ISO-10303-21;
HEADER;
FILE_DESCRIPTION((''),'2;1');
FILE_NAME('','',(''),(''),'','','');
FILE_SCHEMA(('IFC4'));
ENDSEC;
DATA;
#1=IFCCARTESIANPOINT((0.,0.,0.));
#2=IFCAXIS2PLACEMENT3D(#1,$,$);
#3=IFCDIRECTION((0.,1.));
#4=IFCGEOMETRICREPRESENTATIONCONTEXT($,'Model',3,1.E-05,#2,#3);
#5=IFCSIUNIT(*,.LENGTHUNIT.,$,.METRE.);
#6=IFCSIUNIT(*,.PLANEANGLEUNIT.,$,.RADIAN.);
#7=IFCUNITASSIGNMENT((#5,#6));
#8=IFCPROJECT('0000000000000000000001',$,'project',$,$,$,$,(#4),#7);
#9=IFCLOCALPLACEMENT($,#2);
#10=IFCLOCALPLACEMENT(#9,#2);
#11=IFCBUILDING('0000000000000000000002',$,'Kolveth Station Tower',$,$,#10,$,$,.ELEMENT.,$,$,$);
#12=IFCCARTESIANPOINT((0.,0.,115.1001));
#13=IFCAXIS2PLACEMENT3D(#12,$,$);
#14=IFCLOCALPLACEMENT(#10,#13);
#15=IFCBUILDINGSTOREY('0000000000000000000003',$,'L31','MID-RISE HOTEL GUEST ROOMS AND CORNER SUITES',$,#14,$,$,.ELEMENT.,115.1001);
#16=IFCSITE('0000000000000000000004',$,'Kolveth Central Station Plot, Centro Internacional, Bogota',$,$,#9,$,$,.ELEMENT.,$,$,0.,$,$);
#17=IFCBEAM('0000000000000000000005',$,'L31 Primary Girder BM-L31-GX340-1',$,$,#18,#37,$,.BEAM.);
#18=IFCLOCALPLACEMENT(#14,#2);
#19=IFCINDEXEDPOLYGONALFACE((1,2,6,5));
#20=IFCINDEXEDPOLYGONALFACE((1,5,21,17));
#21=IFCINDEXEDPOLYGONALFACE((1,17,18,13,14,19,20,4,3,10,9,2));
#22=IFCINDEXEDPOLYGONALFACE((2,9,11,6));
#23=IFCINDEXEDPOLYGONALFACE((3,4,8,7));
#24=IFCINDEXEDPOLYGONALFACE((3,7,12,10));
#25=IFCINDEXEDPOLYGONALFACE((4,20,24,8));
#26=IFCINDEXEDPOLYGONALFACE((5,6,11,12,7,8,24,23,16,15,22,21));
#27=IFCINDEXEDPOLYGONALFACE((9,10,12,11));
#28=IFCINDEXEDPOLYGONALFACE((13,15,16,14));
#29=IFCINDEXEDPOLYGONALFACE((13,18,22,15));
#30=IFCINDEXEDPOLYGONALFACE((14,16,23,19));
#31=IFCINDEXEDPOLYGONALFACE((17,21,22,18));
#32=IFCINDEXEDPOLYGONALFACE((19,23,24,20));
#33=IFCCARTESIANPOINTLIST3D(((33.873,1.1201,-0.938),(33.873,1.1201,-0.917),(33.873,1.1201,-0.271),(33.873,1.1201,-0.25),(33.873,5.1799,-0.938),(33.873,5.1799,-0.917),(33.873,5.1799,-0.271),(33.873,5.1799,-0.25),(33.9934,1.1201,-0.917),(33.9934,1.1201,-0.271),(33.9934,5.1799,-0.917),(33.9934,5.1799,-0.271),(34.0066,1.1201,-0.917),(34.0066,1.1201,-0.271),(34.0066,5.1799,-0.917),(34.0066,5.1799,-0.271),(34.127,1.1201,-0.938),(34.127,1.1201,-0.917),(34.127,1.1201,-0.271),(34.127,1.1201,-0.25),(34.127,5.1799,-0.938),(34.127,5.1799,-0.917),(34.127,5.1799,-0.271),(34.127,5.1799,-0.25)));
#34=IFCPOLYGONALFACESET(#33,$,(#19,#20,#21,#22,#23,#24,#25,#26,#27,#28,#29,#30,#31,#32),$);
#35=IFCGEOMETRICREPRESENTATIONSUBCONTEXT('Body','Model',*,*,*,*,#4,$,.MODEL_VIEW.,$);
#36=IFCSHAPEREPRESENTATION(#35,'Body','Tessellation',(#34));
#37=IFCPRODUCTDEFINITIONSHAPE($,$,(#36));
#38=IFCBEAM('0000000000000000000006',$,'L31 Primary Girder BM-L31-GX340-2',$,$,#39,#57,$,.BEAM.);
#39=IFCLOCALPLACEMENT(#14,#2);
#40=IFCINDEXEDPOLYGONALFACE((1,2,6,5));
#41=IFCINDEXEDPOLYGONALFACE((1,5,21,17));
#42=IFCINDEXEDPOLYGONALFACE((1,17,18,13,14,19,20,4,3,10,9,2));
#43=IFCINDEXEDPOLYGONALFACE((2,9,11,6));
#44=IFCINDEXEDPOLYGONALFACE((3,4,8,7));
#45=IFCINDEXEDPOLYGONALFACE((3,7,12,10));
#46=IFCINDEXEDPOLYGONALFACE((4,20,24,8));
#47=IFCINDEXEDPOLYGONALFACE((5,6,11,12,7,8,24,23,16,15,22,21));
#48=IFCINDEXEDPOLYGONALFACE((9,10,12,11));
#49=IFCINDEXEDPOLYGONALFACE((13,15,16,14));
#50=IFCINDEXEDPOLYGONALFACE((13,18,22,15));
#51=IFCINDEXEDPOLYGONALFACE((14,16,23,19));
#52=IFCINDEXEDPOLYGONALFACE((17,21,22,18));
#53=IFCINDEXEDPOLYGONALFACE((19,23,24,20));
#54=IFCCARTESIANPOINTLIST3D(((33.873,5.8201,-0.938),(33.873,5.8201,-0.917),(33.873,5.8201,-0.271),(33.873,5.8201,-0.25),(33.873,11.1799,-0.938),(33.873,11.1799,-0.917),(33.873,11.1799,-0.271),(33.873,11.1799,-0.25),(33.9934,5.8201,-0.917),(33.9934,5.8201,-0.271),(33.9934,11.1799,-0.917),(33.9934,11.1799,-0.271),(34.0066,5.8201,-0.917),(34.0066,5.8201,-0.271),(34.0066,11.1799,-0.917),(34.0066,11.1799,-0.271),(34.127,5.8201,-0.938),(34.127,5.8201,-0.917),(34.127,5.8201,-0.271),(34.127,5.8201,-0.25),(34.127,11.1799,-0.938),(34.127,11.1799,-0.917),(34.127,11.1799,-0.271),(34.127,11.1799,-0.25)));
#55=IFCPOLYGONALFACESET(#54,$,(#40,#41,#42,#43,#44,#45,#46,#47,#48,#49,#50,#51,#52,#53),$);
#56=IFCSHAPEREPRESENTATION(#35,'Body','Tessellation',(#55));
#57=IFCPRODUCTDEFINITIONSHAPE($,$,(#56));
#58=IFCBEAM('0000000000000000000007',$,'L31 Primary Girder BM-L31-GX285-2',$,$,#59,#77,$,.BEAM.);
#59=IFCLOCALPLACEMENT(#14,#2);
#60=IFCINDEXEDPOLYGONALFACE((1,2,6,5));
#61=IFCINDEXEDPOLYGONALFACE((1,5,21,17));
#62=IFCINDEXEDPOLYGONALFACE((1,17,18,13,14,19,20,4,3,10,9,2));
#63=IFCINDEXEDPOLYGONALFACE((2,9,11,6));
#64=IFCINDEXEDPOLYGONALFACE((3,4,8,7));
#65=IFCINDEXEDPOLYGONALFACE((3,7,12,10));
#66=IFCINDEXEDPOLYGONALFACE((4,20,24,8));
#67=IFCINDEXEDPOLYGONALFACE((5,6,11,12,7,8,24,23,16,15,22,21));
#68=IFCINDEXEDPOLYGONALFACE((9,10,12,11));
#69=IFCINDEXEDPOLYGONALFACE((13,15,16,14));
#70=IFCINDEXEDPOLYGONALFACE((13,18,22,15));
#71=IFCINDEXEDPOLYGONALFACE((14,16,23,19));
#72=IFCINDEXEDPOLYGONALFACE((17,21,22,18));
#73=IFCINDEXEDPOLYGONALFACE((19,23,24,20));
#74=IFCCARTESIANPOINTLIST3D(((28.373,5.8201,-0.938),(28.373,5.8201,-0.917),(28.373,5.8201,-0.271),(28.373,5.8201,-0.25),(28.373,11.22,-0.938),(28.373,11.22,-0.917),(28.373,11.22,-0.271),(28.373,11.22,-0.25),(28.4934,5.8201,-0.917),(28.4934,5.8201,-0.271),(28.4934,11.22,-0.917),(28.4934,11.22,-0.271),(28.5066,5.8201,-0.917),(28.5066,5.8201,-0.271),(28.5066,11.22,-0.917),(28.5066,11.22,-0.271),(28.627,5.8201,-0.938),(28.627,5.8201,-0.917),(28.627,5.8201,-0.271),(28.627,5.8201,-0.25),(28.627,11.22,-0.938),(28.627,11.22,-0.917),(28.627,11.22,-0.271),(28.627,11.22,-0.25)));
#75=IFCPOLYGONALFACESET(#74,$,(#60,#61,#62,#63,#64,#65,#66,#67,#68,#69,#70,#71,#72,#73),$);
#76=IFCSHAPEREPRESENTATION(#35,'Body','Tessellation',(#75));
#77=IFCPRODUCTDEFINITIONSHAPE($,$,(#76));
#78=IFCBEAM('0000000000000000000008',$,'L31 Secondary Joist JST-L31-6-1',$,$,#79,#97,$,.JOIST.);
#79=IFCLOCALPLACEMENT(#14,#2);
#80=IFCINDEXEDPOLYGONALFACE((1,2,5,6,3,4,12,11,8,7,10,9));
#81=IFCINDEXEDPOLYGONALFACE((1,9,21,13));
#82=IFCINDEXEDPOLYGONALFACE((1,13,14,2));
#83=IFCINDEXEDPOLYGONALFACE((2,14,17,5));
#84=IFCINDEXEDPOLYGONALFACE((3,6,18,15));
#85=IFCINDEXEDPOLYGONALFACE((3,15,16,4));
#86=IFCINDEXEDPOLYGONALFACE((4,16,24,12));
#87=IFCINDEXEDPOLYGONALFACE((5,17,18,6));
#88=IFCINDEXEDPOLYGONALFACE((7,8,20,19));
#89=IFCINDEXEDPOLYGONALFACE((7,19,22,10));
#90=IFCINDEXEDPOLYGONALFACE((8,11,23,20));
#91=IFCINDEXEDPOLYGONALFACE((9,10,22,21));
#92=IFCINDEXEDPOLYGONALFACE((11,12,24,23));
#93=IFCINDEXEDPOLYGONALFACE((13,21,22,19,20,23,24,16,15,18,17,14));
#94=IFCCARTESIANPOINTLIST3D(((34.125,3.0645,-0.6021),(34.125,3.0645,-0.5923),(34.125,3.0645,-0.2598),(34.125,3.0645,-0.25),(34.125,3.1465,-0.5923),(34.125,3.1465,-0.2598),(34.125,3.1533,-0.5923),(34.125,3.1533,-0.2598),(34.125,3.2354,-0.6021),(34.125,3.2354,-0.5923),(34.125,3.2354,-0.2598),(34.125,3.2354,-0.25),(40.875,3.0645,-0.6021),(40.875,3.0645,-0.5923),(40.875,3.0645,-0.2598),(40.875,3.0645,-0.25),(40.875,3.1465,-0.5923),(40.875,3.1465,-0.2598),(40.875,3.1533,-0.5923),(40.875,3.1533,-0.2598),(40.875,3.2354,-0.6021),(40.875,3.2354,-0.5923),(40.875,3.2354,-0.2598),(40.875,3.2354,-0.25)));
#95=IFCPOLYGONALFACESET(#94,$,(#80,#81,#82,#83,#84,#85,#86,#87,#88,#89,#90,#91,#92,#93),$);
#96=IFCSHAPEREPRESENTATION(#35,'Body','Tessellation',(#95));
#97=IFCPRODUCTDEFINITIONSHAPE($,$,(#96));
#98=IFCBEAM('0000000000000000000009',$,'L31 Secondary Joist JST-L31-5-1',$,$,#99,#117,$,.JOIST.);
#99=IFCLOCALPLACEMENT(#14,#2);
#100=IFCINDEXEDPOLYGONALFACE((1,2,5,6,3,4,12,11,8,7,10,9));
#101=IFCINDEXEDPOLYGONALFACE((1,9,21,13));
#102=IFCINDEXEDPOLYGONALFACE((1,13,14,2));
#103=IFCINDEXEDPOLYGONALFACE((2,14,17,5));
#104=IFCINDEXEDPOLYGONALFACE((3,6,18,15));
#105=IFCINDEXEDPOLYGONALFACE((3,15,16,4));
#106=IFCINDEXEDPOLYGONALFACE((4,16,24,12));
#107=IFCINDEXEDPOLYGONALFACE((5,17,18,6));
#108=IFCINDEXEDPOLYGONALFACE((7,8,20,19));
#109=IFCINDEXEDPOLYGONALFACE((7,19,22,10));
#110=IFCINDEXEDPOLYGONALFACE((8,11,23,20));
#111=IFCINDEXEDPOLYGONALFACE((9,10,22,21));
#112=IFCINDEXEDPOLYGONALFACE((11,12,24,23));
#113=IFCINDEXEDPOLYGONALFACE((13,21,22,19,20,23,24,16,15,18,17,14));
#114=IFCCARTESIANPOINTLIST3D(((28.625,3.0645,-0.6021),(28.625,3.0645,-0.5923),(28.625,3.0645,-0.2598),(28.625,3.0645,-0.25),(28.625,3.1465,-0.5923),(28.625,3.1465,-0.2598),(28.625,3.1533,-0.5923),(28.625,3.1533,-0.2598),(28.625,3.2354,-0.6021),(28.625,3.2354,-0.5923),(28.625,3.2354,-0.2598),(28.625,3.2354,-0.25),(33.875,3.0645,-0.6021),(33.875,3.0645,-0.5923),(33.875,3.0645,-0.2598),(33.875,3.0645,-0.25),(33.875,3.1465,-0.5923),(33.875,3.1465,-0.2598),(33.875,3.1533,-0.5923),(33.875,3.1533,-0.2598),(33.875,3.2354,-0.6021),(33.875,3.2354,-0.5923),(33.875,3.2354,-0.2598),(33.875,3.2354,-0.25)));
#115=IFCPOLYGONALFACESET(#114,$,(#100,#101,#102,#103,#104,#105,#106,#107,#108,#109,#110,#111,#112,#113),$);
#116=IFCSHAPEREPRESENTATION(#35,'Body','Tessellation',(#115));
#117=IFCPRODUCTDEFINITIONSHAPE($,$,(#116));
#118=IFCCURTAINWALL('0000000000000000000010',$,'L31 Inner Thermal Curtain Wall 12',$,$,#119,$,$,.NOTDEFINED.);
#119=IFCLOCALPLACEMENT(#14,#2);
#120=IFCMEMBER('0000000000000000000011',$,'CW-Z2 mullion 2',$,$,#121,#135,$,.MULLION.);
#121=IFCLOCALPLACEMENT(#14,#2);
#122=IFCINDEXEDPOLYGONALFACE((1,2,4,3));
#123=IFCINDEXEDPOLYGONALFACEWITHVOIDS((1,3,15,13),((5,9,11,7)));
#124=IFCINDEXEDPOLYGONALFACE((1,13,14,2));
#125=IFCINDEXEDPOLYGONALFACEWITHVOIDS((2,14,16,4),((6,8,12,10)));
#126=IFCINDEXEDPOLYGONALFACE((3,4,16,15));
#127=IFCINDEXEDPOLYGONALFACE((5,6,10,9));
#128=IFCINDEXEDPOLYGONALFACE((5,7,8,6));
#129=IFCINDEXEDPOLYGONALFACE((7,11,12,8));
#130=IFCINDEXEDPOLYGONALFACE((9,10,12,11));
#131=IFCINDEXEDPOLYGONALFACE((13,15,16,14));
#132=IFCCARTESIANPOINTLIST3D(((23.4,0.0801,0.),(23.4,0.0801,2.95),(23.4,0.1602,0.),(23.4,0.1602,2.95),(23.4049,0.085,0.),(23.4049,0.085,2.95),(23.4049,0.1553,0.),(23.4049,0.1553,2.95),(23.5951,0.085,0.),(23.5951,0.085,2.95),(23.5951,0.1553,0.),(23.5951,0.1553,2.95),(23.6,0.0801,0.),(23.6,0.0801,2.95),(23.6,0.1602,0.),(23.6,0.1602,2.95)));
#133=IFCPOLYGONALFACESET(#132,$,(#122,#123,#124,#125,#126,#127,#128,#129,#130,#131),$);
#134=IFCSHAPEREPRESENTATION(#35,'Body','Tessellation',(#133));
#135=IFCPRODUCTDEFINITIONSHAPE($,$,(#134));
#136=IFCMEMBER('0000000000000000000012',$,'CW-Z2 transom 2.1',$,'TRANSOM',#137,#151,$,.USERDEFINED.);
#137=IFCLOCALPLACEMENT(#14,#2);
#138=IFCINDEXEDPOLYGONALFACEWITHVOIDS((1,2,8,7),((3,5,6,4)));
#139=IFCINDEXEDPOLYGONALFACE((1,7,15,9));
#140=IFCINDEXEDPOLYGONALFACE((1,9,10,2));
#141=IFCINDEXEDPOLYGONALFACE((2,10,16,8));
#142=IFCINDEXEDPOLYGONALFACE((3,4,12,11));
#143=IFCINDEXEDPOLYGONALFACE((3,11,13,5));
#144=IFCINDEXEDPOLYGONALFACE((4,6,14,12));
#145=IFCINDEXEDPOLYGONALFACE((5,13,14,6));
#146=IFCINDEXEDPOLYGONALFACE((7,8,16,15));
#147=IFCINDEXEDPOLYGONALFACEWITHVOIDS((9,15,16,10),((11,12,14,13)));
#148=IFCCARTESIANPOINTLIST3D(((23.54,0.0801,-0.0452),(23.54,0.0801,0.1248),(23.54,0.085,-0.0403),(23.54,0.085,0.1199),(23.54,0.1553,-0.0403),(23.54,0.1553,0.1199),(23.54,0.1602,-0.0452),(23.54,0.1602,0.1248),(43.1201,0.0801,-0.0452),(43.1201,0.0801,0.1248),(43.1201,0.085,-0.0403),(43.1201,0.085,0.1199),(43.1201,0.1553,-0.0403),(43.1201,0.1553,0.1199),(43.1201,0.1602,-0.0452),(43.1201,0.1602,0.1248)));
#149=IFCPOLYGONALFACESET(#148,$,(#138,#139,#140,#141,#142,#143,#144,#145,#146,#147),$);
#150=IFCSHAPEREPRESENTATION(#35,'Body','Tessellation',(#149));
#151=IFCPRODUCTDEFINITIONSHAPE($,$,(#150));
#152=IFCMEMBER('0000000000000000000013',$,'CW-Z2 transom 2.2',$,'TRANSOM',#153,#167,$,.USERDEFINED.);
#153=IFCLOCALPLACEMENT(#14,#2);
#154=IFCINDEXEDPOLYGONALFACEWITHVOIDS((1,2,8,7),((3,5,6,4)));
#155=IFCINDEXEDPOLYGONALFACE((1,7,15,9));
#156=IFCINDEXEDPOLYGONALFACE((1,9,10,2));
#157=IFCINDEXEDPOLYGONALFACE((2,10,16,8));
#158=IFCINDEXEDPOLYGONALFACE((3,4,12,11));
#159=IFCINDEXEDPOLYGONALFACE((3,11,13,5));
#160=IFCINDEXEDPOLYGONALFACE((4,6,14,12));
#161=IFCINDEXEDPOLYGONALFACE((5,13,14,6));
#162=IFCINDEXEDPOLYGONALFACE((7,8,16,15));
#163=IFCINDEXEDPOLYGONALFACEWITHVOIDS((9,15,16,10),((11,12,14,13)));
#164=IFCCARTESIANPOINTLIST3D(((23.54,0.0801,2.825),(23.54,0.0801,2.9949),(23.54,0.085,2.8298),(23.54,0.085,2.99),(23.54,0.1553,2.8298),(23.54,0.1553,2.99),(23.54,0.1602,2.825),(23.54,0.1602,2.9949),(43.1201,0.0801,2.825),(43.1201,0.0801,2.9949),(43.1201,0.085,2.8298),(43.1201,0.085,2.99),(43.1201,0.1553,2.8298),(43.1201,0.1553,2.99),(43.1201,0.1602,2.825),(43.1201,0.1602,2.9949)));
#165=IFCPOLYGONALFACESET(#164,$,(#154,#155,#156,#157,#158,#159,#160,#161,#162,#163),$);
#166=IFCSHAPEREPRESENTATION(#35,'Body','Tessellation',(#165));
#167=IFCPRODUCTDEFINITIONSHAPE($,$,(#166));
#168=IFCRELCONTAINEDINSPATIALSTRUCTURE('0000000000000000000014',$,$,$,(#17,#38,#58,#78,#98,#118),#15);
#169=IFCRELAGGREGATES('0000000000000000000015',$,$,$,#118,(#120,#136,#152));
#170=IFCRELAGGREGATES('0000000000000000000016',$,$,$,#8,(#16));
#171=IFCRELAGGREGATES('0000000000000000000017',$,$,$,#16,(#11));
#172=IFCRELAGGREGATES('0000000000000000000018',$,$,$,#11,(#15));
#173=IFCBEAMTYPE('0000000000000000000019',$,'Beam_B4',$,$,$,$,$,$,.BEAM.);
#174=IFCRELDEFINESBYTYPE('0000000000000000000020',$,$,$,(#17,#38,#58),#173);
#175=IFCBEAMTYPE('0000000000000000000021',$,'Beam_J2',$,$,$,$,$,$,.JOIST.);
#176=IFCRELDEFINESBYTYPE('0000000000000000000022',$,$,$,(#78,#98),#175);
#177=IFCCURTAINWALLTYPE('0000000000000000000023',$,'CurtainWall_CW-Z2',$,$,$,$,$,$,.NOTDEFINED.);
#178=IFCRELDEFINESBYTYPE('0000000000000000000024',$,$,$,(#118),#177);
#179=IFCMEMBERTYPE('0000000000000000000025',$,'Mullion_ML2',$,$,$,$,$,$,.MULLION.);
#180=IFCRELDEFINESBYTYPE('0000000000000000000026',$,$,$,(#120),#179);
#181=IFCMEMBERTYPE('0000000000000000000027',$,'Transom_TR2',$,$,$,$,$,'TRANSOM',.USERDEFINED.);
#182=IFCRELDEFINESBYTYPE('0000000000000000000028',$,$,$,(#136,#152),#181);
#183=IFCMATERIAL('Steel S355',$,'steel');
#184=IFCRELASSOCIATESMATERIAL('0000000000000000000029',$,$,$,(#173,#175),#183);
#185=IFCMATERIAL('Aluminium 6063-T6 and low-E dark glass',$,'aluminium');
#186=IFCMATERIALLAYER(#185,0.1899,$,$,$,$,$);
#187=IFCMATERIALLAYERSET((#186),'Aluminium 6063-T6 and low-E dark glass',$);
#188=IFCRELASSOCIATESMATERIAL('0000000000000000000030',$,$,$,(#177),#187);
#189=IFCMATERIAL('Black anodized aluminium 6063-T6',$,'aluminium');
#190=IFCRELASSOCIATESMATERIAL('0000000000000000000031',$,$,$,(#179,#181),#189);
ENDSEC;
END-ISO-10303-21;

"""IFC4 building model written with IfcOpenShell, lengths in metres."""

from ifc_helpers import new_model, si_unit, direction, frame, origin, origin_2d, place, context, subcontext, project, spatial, hollow_rectangle, i_section, extrude, source, transform, mapped, material, layer, layer_set, material_profile, profile_set, type_object, element, aggregate, save


model = new_model("IFC4")

# Units and contexts
model_context = context("Model", 3, precision=1e-05, world=origin(), true_north=direction((0.0, 1.0)))
body_context = subcontext(model_context, "Body", "Model", "MODEL_VIEW")
ifc_project = project(units=[si_unit("LENGTHUNIT", "METRE"), si_unit("PLANEANGLEUNIT", "RADIAN")], contexts=[model_context])

# Site, building, storey
site_placement = place(None, origin())
site = spatial("IfcSite", under=ifc_project, at=site_placement, Name="Kolveth Central Station Plot, Centro Internacional, Bogota", CompositionType="ELEMENT", RefElevation=0.0)
building_placement = place(site_placement, origin())
building = spatial("IfcBuilding", under=site, at=building_placement, Name="Kolveth Station Tower", CompositionType="ELEMENT")
storey_placement = place(building_placement, frame((0.0, 0.0, 115.1001)))
storey = spatial("IfcBuildingStorey", under=building, at=storey_placement, Name="L31", Description="MID-RISE HOTEL GUEST ROOMS AND CORNER SUITES", CompositionType="ELEMENT", Elevation=115.1001)

# Beams
ifc_material_1 = material(Name="Steel S355", Category="steel")
ifc_material_profile_1 = material_profile(ifc_material_1, i_section(OverallWidth=0.2539, OverallDepth=0.688, WebThickness=0.0132, FlangeThickness=0.021, at=origin_2d()), Name="W690x152")
ifc_profile_set_1 = profile_set([ifc_material_profile_1], Name="Steel S355")
beam_type_1 = type_object("IfcBeamType", Name="Beam_B4", PredefinedType="BEAM", material=ifc_profile_set_1)
shared_shape_1 = source(origin(), body_context, "Body", "SweptSolid", [
    extrude(i_section(OverallWidth=0.2539, OverallDepth=0.688, WebThickness=0.0132, FlangeThickness=0.021, at=origin_2d()), origin(), (0.0, 0.0, 1.0), 4.0598),
])
for number, where, z_axis, x_axis, name in (
    (1, (34.0, 1.1201, -0.594), (0.0, 1.0, 0.0), (-1.0, 0.0, 0.0), "L31 Primary Girder BM-L31-GX340-1"),
):
    element("IfcBeam", number, at=place(storey_placement, frame(where, z_axis=z_axis, x_axis=x_axis)), inside=storey, type_object=beam_type_1, Name=name, PredefinedType="BEAM", context=body_context, shape_type="MappedRepresentation", body=[
        mapped(shared_shape_1, transform((0.0, 0.0, 0.0), x_axis=(1.0, 0.0, 0.0), y_axis=(0.0, 1.0, 0.0), z_axis=(0.0, 0.0, 1.0), scale=1.0)),
    ])
shared_shape_2 = source(origin(), body_context, "Body", "SweptSolid", [
    extrude(i_section(OverallWidth=0.2539, OverallDepth=0.688, WebThickness=0.0132, FlangeThickness=0.021, at=origin_2d()), origin(), (0.0, 0.0, 1.0), 5.3599),
])
beam_1_placement = place(storey_placement, frame((34.0, 5.8201, -0.594), z_axis=(0.0, 1.0, 0.0), x_axis=(-1.0, 0.0, 0.0)))
element("IfcBeam", 2, at=beam_1_placement, inside=storey, type_object=beam_type_1, Name="L31 Primary Girder BM-L31-GX340-2", PredefinedType="BEAM", context=body_context, shape_type="MappedRepresentation", body=[
    mapped(shared_shape_2, transform((0.0, 0.0, 0.0), x_axis=(1.0, 0.0, 0.0), y_axis=(0.0, 1.0, 0.0), z_axis=(0.0, 0.0, 1.0), scale=1.0)),
])
shared_shape_3 = source(origin(), body_context, "Body", "SweptSolid", [
    extrude(i_section(OverallWidth=0.2539, OverallDepth=0.688, WebThickness=0.0132, FlangeThickness=0.021, at=origin_2d()), origin(), (0.0, 0.0, 1.0), 5.3999),
])
beam_2_placement = place(storey_placement, frame((28.5, 5.8201, -0.594), z_axis=(0.0, 1.0, 0.0), x_axis=(-1.0, 0.0, 0.0)))
element("IfcBeam", 3, at=beam_2_placement, inside=storey, type_object=beam_type_1, Name="L31 Primary Girder BM-L31-GX285-2", PredefinedType="BEAM", context=body_context, shape_type="MappedRepresentation", body=[
    mapped(shared_shape_3, transform((0.0, 0.0, 0.0), x_axis=(1.0, 0.0, 0.0), y_axis=(0.0, 1.0, 0.0), z_axis=(0.0, 0.0, 1.0), scale=1.0)),
])
ifc_material_profile_2 = material_profile(ifc_material_1, i_section(OverallWidth=0.1709, OverallDepth=0.3521, WebThickness=0.0068, FlangeThickness=0.0098, at=origin_2d()), Name="W360x44")
ifc_profile_set_2 = profile_set([ifc_material_profile_2], Name="Steel S355")
beam_type_2 = type_object("IfcBeamType", Name="Beam_J2", PredefinedType="JOIST", material=ifc_profile_set_2)
shared_shape_4 = source(origin(), body_context, "Body", "SweptSolid", [
    extrude(i_section(OverallWidth=0.1709, OverallDepth=0.3521, WebThickness=0.0068, FlangeThickness=0.0098, at=origin_2d()), origin(), (0.0, 0.0, 1.0), 6.75),
])
beam_3_placement = place(storey_placement, frame((34.125, 3.1499, -0.426), z_axis=(1.0, 0.0, 0.0), x_axis=(0.0, 1.0, 0.0)))
element("IfcBeam", 4, at=beam_3_placement, inside=storey, type_object=beam_type_2, Name="L31 Secondary Joist JST-L31-6-1", PredefinedType="JOIST", context=body_context, shape_type="MappedRepresentation", body=[
    mapped(shared_shape_4, transform((0.0, 0.0, 0.0), x_axis=(1.0, 0.0, 0.0), y_axis=(0.0, 1.0, 0.0), z_axis=(0.0, 0.0, 1.0), scale=1.0)),
])
shared_shape_5 = source(origin(), body_context, "Body", "SweptSolid", [
    extrude(i_section(OverallWidth=0.1709, OverallDepth=0.3521, WebThickness=0.0068, FlangeThickness=0.0098, at=origin_2d()), origin(), (0.0, 0.0, 1.0), 5.25),
])
beam_4_placement = place(storey_placement, frame((28.625, 3.1499, -0.426), z_axis=(1.0, 0.0, 0.0), x_axis=(0.0, 1.0, 0.0)))
element("IfcBeam", 5, at=beam_4_placement, inside=storey, type_object=beam_type_2, Name="L31 Secondary Joist JST-L31-5-1", PredefinedType="JOIST", context=body_context, shape_type="MappedRepresentation", body=[
    mapped(shared_shape_5, transform((0.0, 0.0, 0.0), x_axis=(1.0, 0.0, 0.0), y_axis=(0.0, 1.0, 0.0), z_axis=(0.0, 0.0, 1.0), scale=1.0)),
])

# Curtain wall, members
ifc_material_2 = material(Name="Aluminium 6063-T6 and low-E dark glass", Category="aluminium")
ifc_layer_1 = layer(ifc_material_2, 0.1899)
ifc_layer_set_1 = layer_set([ifc_layer_1], Name="Aluminium 6063-T6 and low-E dark glass")
curtain_wall_type_1 = type_object("IfcCurtainWallType", Name="CurtainWall_CW-Z2", PredefinedType="NOTDEFINED", material=ifc_layer_set_1)
curtain_wall_1_placement = place(storey_placement, origin())
curtain_wall_1 = element("IfcCurtainWall", 6, at=curtain_wall_1_placement, inside=storey, type_object=curtain_wall_type_1, Name="L31 Inner Thermal Curtain Wall 12", PredefinedType="NOTDEFINED")
ifc_material_3 = material(Name="Black anodized aluminium 6063-T6", Category="aluminium")
ifc_material_profile_3 = material_profile(ifc_material_3, hollow_rectangle(XDim=0.0801, YDim=0.2, WallThickness=0.0049, at=origin_2d()), Name="ALU-80x200x5")
ifc_profile_set_3 = profile_set([ifc_material_profile_3], Name="Black anodized aluminium 6063-T6")
member_type_1 = type_object("IfcMemberType", Name="Mullion_ML2", PredefinedType="MULLION", material=ifc_profile_set_3)
shared_shape_6 = source(origin(), body_context, "Body", "SweptSolid", [
    extrude(hollow_rectangle(XDim=0.0801, YDim=0.2, WallThickness=0.0049, at=origin_2d()), origin(), (0.0, 0.0, 1.0), 2.95),
])
member_1_placement = place(storey_placement, frame((23.5, 0.1201, 0.0), z_axis=(0.0, 0.0, 1.0), x_axis=(0.0, 1.0, 0.0)))
member_1 = element("IfcMember", 7, at=member_1_placement, type_object=member_type_1, Name="CW-Z2 mullion 2", PredefinedType="MULLION", context=body_context, shape_type="MappedRepresentation", body=[
    mapped(shared_shape_6, transform((0.0, 0.0, 0.0), x_axis=(1.0, 0.0, 0.0), y_axis=(0.0, 1.0, 0.0), z_axis=(0.0, 0.0, 1.0), scale=1.0)),
])
ifc_material_profile_4 = material_profile(ifc_material_3, hollow_rectangle(XDim=0.0801, YDim=0.1699, WallThickness=0.0049, at=origin_2d()), Name="ALU-80x170x5")
ifc_profile_set_4 = profile_set([ifc_material_profile_4], Name="Black anodized aluminium 6063-T6")
member_type_2 = type_object("IfcMemberType", Name="Transom_TR2", ElementType="TRANSOM", PredefinedType="USERDEFINED", material=ifc_profile_set_4)
shared_shape_7 = source(origin(), body_context, "Body", "SweptSolid", [
    extrude(hollow_rectangle(XDim=0.0801, YDim=0.1699, WallThickness=0.0049, at=origin_2d()), origin(), (0.0, 0.0, 1.0), 19.5801),
])
member_2_placement = place(storey_placement, frame((23.54, 0.1201, 0.0398), z_axis=(1.0, 0.0, 0.0), x_axis=(0.0, 1.0, 0.0)))
member_2 = element("IfcMember", 8, at=member_2_placement, type_object=member_type_2, Name="CW-Z2 transom 2.1", ObjectType="TRANSOM", PredefinedType="USERDEFINED", context=body_context, shape_type="MappedRepresentation", body=[
    mapped(shared_shape_7, transform((0.0, 0.0, 0.0), x_axis=(1.0, 0.0, 0.0), y_axis=(0.0, 1.0, 0.0), z_axis=(0.0, 0.0, 1.0), scale=1.0)),
])
member_3_placement = place(storey_placement, frame((23.54, 0.1201, 2.9099), z_axis=(1.0, 0.0, 0.0), x_axis=(0.0, 1.0, 0.0)))
member_3 = element("IfcMember", 9, at=member_3_placement, type_object=member_type_2, Name="CW-Z2 transom 2.2", ObjectType="TRANSOM", PredefinedType="USERDEFINED", context=body_context, shape_type="MappedRepresentation", body=[
    mapped(shared_shape_7, transform((0.0, 0.0, 0.0), x_axis=(1.0, 0.0, 0.0), y_axis=(0.0, 1.0, 0.0), z_axis=(0.0, 0.0, 1.0), scale=1.0)),
])
aggregate(curtain_wall_1, [member_1, member_2, member_3])

save(model, "model.ifc")
